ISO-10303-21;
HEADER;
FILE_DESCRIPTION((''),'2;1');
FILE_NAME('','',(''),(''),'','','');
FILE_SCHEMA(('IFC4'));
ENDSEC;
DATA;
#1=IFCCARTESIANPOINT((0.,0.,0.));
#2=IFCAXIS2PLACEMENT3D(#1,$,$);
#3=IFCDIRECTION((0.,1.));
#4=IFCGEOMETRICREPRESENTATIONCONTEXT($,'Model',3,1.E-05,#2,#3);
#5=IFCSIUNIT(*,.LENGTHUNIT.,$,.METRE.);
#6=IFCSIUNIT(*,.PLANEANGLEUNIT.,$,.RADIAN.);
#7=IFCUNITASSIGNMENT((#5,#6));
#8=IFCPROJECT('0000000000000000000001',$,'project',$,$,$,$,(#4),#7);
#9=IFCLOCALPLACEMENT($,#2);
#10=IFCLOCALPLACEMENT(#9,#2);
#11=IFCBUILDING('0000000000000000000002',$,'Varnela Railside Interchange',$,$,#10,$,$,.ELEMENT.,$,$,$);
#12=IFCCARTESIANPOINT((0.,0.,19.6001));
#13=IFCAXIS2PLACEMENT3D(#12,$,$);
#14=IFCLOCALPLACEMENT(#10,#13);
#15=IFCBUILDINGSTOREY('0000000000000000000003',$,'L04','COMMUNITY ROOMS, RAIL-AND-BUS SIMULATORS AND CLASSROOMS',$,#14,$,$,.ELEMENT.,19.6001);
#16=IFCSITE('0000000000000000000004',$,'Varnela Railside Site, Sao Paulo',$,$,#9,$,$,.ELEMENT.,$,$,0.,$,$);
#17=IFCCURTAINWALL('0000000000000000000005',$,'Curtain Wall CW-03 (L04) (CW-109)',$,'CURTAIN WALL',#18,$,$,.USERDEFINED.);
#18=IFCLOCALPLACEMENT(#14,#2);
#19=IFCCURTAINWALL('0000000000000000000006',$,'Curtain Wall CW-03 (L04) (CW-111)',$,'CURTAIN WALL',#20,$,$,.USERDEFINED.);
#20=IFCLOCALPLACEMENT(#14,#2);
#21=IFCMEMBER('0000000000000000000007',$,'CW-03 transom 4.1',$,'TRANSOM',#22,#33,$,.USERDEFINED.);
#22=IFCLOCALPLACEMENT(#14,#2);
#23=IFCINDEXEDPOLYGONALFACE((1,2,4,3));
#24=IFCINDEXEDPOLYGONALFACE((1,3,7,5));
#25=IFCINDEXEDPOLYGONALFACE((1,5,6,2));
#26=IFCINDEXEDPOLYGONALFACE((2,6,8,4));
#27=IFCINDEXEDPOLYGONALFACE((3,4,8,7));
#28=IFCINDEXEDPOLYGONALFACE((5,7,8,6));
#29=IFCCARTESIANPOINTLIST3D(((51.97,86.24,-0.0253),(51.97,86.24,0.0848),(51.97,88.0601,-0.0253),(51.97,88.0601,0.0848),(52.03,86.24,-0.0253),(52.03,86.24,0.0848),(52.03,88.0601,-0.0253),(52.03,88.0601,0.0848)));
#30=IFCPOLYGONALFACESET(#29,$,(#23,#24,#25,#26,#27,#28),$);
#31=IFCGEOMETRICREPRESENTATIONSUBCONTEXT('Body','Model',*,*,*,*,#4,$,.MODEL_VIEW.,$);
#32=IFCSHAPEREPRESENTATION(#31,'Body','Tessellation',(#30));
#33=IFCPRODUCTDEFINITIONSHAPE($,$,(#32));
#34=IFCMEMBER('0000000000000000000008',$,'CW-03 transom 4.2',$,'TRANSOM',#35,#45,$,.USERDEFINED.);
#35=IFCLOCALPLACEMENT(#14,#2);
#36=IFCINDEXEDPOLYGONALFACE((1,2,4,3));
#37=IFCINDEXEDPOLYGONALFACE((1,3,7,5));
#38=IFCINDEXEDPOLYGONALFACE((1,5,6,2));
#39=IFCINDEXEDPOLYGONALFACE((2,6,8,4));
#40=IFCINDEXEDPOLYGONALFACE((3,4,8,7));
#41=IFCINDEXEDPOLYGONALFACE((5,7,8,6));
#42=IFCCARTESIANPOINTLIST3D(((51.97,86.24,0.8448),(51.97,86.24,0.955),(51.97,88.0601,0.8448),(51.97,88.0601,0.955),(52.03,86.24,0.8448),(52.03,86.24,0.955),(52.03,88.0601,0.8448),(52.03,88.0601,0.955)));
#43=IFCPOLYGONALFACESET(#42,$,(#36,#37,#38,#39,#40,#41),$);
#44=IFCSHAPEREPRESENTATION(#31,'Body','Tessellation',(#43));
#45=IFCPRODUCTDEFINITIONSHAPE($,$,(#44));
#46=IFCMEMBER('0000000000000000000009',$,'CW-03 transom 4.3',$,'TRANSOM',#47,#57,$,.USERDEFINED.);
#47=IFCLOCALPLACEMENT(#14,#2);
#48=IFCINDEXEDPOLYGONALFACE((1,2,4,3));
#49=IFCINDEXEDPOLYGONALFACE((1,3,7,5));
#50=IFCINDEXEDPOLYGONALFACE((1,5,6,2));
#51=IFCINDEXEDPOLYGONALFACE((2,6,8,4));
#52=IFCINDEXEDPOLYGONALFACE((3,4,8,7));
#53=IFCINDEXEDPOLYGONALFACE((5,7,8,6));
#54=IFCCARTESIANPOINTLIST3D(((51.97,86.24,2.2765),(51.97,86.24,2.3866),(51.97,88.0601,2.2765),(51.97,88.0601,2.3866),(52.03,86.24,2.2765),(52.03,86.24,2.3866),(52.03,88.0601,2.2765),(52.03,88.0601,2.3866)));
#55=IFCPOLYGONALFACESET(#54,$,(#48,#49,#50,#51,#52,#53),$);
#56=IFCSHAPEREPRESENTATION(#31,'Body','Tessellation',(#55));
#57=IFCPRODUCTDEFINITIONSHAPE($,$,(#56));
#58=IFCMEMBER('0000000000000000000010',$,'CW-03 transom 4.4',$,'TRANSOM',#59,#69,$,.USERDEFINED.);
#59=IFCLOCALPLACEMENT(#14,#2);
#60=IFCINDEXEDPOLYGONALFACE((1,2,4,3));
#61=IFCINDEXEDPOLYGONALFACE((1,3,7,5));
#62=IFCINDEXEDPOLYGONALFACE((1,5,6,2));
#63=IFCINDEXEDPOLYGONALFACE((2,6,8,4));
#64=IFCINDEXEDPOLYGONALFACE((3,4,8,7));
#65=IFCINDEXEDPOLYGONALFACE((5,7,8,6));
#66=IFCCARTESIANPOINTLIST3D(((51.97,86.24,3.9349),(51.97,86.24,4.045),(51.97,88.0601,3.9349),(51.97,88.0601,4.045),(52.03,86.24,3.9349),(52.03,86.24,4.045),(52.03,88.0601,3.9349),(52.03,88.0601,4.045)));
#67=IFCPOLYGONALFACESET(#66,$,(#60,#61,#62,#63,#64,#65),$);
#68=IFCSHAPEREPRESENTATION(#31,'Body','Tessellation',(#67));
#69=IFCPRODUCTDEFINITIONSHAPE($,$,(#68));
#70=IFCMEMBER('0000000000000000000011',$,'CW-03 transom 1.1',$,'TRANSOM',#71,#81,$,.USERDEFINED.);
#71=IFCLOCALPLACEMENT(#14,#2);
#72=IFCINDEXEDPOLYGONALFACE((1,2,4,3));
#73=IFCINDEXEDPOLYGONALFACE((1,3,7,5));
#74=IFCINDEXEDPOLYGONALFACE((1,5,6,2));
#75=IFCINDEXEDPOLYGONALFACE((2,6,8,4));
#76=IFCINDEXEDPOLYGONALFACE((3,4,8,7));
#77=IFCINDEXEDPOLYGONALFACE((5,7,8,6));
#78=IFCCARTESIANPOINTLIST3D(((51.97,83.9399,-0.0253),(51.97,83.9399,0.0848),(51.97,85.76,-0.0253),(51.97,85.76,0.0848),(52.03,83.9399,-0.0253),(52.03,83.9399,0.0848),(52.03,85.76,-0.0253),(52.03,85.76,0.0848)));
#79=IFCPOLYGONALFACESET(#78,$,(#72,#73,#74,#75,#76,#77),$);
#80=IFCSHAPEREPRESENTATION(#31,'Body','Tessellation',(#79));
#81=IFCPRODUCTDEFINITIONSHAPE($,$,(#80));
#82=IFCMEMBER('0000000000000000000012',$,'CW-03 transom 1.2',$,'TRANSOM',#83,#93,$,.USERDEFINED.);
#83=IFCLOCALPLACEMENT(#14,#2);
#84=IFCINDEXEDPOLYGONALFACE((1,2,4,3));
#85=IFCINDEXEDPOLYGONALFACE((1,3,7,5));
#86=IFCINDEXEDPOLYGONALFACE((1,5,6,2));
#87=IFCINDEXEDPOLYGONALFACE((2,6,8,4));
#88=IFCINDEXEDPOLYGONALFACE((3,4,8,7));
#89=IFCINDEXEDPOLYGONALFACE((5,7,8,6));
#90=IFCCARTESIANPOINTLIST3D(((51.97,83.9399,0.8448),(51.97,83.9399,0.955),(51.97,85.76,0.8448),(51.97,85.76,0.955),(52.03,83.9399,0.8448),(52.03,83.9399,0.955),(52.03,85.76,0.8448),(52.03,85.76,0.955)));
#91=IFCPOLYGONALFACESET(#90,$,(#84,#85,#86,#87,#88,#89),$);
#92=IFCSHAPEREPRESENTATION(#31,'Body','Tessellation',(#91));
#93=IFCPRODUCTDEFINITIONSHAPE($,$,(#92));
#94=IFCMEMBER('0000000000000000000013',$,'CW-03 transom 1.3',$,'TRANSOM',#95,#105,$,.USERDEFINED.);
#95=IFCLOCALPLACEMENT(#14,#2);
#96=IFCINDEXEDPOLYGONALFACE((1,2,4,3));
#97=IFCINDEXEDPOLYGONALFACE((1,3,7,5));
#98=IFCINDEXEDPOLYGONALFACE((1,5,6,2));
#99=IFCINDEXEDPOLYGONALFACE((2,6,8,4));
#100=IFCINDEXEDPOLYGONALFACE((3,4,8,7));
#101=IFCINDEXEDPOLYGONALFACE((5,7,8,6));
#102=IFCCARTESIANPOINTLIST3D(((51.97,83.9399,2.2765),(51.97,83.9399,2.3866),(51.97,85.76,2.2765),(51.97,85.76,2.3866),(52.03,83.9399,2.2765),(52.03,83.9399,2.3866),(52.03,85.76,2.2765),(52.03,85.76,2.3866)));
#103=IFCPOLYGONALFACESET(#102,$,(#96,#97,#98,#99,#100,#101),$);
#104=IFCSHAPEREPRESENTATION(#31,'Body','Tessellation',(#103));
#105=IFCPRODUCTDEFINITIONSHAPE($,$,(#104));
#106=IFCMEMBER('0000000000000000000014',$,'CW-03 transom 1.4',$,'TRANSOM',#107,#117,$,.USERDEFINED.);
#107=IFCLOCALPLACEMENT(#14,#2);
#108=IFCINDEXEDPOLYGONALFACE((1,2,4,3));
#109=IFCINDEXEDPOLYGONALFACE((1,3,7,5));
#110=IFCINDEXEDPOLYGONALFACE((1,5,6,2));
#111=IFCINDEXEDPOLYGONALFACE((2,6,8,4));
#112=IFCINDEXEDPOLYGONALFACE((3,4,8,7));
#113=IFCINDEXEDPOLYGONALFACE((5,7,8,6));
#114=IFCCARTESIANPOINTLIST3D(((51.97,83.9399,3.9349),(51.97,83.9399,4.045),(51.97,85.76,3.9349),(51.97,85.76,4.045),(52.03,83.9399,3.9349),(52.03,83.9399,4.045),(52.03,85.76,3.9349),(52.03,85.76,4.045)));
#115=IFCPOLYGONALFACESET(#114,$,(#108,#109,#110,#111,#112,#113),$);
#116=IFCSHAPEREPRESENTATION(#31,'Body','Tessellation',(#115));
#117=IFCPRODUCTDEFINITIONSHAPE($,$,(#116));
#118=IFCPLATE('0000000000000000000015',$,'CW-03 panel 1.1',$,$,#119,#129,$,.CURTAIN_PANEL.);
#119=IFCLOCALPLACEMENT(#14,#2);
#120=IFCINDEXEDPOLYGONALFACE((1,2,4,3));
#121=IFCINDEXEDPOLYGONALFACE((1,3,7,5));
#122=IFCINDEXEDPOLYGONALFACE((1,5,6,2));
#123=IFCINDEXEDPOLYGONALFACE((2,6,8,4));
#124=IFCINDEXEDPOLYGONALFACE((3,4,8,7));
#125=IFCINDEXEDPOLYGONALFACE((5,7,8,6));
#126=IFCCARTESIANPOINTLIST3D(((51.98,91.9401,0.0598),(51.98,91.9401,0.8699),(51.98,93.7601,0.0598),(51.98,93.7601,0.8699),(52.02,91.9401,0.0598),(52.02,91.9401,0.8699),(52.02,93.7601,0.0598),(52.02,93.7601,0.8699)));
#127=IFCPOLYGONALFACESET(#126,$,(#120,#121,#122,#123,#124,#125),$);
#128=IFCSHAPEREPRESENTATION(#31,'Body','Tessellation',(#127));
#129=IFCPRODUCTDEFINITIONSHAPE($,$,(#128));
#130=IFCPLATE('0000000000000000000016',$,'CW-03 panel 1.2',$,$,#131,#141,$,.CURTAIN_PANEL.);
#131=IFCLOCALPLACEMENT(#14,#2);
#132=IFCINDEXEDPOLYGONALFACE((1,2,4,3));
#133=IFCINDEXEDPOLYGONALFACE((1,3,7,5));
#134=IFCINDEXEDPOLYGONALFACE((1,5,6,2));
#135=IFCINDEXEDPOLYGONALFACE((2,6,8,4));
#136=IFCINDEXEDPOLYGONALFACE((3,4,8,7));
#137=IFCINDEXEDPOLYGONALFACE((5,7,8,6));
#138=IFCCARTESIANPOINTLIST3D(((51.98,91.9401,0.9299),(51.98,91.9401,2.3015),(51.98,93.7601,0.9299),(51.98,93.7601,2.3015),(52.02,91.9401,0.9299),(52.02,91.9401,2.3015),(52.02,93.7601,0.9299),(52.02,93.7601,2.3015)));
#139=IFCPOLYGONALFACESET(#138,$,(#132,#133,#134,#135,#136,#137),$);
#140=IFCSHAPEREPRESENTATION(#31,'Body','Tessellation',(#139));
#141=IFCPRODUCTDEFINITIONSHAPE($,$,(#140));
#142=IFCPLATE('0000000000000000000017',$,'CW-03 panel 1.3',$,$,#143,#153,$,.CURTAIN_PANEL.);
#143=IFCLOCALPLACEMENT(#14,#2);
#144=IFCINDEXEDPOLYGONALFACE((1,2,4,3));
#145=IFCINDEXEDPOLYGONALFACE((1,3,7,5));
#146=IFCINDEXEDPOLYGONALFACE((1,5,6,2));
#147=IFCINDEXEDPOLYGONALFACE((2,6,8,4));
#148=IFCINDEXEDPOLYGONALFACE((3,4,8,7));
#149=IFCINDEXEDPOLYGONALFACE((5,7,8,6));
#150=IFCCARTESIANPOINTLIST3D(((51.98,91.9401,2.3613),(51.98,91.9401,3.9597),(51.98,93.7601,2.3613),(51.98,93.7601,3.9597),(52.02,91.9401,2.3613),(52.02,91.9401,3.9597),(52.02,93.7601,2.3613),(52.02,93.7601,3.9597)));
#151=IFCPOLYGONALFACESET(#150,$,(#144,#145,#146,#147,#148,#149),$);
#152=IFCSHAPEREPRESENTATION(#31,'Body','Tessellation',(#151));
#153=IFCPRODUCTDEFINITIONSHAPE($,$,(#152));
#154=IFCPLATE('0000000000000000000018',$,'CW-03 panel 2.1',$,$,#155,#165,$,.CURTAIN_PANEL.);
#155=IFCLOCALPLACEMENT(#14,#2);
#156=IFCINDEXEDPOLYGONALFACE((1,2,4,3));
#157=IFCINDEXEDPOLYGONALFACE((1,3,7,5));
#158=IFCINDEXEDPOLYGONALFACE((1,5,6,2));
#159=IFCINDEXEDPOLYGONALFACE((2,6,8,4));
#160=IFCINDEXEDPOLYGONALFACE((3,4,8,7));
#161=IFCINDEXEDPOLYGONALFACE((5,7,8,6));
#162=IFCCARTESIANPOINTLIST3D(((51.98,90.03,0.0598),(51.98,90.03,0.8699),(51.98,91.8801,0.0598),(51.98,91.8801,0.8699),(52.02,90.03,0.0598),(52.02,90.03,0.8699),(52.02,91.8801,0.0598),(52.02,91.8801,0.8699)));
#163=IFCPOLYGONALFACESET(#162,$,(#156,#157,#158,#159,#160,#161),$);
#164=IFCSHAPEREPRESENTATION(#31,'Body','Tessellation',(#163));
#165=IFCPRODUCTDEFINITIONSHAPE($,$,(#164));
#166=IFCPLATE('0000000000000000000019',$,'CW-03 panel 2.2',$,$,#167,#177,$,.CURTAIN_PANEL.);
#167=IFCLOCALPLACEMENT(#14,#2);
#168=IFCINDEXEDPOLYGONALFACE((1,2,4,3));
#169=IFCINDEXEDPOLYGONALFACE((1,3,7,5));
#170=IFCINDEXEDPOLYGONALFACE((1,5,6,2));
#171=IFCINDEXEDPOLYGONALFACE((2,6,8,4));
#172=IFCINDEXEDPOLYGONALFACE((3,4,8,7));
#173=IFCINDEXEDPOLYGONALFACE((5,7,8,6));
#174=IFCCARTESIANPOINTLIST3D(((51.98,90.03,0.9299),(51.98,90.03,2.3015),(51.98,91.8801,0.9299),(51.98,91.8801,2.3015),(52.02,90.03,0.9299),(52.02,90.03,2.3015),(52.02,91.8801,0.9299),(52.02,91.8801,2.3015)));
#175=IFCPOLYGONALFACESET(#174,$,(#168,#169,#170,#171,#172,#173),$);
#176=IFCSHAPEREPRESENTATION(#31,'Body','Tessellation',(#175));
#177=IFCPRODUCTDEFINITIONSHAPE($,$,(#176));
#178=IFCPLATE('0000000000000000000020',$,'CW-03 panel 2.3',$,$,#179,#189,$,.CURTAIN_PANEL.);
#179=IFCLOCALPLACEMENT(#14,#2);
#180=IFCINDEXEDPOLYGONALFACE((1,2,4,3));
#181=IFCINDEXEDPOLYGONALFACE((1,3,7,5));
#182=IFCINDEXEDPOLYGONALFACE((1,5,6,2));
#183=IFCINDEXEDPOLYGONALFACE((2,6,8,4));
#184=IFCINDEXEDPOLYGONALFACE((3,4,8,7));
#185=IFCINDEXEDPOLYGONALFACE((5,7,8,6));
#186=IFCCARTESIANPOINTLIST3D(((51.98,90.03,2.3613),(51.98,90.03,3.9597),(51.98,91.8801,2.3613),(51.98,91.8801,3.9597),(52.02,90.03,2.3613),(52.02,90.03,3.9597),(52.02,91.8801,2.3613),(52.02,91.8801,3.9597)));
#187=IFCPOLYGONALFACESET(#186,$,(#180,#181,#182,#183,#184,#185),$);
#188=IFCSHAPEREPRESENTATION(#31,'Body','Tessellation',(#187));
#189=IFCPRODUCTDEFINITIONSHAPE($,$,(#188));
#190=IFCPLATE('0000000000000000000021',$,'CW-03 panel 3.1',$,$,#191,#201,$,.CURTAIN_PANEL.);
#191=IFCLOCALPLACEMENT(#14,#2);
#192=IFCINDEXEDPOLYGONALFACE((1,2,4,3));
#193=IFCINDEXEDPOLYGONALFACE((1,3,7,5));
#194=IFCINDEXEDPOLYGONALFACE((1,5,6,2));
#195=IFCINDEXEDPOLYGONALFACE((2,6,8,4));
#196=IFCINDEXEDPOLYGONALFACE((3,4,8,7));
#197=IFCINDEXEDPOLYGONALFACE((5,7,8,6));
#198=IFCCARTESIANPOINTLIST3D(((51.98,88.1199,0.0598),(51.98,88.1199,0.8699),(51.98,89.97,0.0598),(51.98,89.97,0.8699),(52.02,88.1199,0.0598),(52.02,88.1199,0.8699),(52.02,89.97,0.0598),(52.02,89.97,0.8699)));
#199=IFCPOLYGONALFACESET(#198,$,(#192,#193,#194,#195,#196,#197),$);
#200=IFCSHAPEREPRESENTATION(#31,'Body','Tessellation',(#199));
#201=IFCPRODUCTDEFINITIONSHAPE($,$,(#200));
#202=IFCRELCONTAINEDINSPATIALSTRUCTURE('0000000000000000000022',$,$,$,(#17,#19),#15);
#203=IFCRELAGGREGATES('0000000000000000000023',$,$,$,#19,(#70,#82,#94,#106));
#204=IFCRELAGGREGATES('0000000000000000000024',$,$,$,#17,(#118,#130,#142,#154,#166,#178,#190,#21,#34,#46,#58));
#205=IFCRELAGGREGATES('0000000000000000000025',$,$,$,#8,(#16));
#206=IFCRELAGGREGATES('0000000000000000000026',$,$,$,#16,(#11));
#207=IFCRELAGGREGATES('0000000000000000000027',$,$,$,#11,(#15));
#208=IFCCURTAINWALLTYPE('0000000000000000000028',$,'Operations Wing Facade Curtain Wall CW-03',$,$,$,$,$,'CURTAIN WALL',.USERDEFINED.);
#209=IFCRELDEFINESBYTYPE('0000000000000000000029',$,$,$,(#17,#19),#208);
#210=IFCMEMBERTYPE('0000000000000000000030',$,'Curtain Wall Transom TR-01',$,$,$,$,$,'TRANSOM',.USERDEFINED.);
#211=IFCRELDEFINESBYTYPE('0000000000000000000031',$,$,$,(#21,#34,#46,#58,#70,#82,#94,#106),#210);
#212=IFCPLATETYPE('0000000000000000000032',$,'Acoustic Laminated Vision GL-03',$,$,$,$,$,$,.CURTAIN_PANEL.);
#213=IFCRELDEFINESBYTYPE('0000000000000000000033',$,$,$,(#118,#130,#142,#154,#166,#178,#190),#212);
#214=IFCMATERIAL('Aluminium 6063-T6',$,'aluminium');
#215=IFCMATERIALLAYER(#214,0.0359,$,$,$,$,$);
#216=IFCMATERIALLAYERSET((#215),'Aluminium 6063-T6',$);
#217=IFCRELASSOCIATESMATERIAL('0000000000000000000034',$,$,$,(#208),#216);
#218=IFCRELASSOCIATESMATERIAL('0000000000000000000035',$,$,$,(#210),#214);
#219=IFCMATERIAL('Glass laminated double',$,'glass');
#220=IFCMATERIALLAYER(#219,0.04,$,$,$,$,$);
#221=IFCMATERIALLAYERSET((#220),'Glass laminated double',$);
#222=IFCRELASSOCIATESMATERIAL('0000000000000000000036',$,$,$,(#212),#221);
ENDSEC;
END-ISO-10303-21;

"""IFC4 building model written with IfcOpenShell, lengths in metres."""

from ifc_helpers import new_model, si_unit, direction, frame, origin, origin_2d, place, context, subcontext, project, spatial, rectangle, extrude, material, layer, layer_set, material_profile, profile_set, type_object, element, aggregate, save


model = new_model("IFC4")

# Units and contexts
model_context = context("Model", 3, precision=1e-05, world=origin(), true_north=direction((0.0, 1.0)))
body_context = subcontext(model_context, "Body", "Model", "MODEL_VIEW")
ifc_project = project(units=[si_unit("LENGTHUNIT", "METRE"), si_unit("PLANEANGLEUNIT", "RADIAN")], contexts=[model_context])

# Site, building, storey
site_placement = place(None, origin())
site = spatial("IfcSite", under=ifc_project, at=site_placement, Name="Varnela Railside Site, Sao Paulo", CompositionType="ELEMENT", RefElevation=0.0)
building_placement = place(site_placement, origin())
building = spatial("IfcBuilding", under=site, at=building_placement, Name="Varnela Railside Interchange", CompositionType="ELEMENT")
storey_placement = place(building_placement, frame((0.0, 0.0, 19.6001)))
storey = spatial("IfcBuildingStorey", under=building, at=storey_placement, Name="L04", Description="COMMUNITY ROOMS, RAIL-AND-BUS SIMULATORS AND CLASSROOMS", CompositionType="ELEMENT", Elevation=19.6001)

# Curtain wall
ifc_material_1 = material(Name="Aluminium 6063-T6", Category="aluminium")
ifc_layer_1 = layer(ifc_material_1, 0.0359)
ifc_layer_set_1 = layer_set([ifc_layer_1], Name="Aluminium 6063-T6")
curtain_wall_type = type_object("IfcCurtainWallType", Name="Operations Wing Facade Curtain Wall CW-03", ElementType="CURTAIN WALL", PredefinedType="USERDEFINED", material=ifc_layer_set_1)
curtain_wall_1_placement = place(storey_placement, origin())
curtain_wall_1 = element("IfcCurtainWall", 1, at=curtain_wall_1_placement, inside=storey, type_object=curtain_wall_type, Name="Curtain Wall CW-03 (L04) (CW-109)", ObjectType="CURTAIN WALL", PredefinedType="USERDEFINED")

# Curtain wall
curtain_wall_2_placement = place(storey_placement, origin())
curtain_wall_2 = element("IfcCurtainWall", 2, at=curtain_wall_2_placement, inside=storey, type_object=curtain_wall_type, Name="Curtain Wall CW-03 (L04) (CW-111)", ObjectType="CURTAIN WALL", PredefinedType="USERDEFINED")

# Members
ifc_material_profile_1 = material_profile(ifc_material_1, rectangle(XDim=0.0601, YDim=0.1101, at=origin_2d()), Name="ALU 60x110")
ifc_profile_set_1 = profile_set([ifc_material_profile_1], Name="Aluminium 6063-T6")
member_type_1 = type_object("IfcMemberType", Name="Curtain Wall Transom TR-01", ElementType="TRANSOM", PredefinedType="USERDEFINED", material=ifc_profile_set_1)
member_1_placement = place(storey_placement, frame((52.0, 88.0601, 0.0298), z_axis=(0.0, -1.0, 0.0), x_axis=(1.0, 0.0, 0.0)))
member_1 = element("IfcMember", 3, at=member_1_placement, type_object=member_type_1, Name="CW-03 transom 4.1", ObjectType="TRANSOM", PredefinedType="USERDEFINED", context=body_context, shape_type="SweptSolid", body=[
    extrude(rectangle(XDim=0.0601, YDim=0.1101, at=origin_2d()), origin(), (0.0, 0.0, 1.0), 1.8201),
])
member_2_placement = place(storey_placement, frame((52.0, 88.0601, 0.8999), z_axis=(0.0, -1.0, 0.0), x_axis=(1.0, 0.0, 0.0)))
member_2 = element("IfcMember", 4, at=member_2_placement, type_object=member_type_1, Name="CW-03 transom 4.2", ObjectType="TRANSOM", PredefinedType="USERDEFINED", context=body_context, shape_type="SweptSolid", body=[
    extrude(rectangle(XDim=0.0601, YDim=0.1101, at=origin_2d()), origin(), (0.0, 0.0, 1.0), 1.8201),
])
member_3_placement = place(storey_placement, frame((52.0, 88.0601, 2.3315), z_axis=(0.0, -1.0, 0.0), x_axis=(1.0, 0.0, 0.0)))
member_3 = element("IfcMember", 5, at=member_3_placement, type_object=member_type_1, Name="CW-03 transom 4.3", ObjectType="TRANSOM", PredefinedType="USERDEFINED", context=body_context, shape_type="SweptSolid", body=[
    extrude(rectangle(XDim=0.0601, YDim=0.1101, at=origin_2d()), origin(), (0.0, 0.0, 1.0), 1.8201),
])
member_4_placement = place(storey_placement, frame((52.0, 88.0601, 3.99), z_axis=(0.0, -1.0, 0.0), x_axis=(1.0, 0.0, 0.0)))
member_4 = element("IfcMember", 6, at=member_4_placement, type_object=member_type_1, Name="CW-03 transom 4.4", ObjectType="TRANSOM", PredefinedType="USERDEFINED", context=body_context, shape_type="SweptSolid", body=[
    extrude(rectangle(XDim=0.0601, YDim=0.1101, at=origin_2d()), origin(), (0.0, 0.0, 1.0), 1.8201),
])
member_5_placement = place(storey_placement, frame((52.0, 85.76, 0.0298), z_axis=(0.0, -1.0, 0.0), x_axis=(1.0, 0.0, 0.0)))
member_5 = element("IfcMember", 7, at=member_5_placement, type_object=member_type_1, Name="CW-03 transom 1.1", ObjectType="TRANSOM", PredefinedType="USERDEFINED", context=body_context, shape_type="SweptSolid", body=[
    extrude(rectangle(XDim=0.0601, YDim=0.1101, at=origin_2d()), origin(), (0.0, 0.0, 1.0), 1.8201),
])
member_6_placement = place(storey_placement, frame((52.0, 85.76, 0.8999), z_axis=(0.0, -1.0, 0.0), x_axis=(1.0, 0.0, 0.0)))
member_6 = element("IfcMember", 8, at=member_6_placement, type_object=member_type_1, Name="CW-03 transom 1.2", ObjectType="TRANSOM", PredefinedType="USERDEFINED", context=body_context, shape_type="SweptSolid", body=[
    extrude(rectangle(XDim=0.0601, YDim=0.1101, at=origin_2d()), origin(), (0.0, 0.0, 1.0), 1.8201),
])
member_7_placement = place(storey_placement, frame((52.0, 85.76, 2.3315), z_axis=(0.0, -1.0, 0.0), x_axis=(1.0, 0.0, 0.0)))
member_7 = element("IfcMember", 9, at=member_7_placement, type_object=member_type_1, Name="CW-03 transom 1.3", ObjectType="TRANSOM", PredefinedType="USERDEFINED", context=body_context, shape_type="SweptSolid", body=[
    extrude(rectangle(XDim=0.0601, YDim=0.1101, at=origin_2d()), origin(), (0.0, 0.0, 1.0), 1.8201),
])
member_8_placement = place(storey_placement, frame((52.0, 85.76, 3.99), z_axis=(0.0, -1.0, 0.0), x_axis=(1.0, 0.0, 0.0)))
member_8 = element("IfcMember", 10, at=member_8_placement, type_object=member_type_1, Name="CW-03 transom 1.4", ObjectType="TRANSOM", PredefinedType="USERDEFINED", context=body_context, shape_type="SweptSolid", body=[
    extrude(rectangle(XDim=0.0601, YDim=0.1101, at=origin_2d()), origin(), (0.0, 0.0, 1.0), 1.8201),
])
aggregate(curtain_wall_2, [member_5, member_6, member_7, member_8])

# Plates
ifc_material_2 = material(Name="Glass laminated double", Category="glass")
ifc_layer_2 = layer(ifc_material_2, 0.04)
ifc_layer_set_2 = layer_set([ifc_layer_2], Name="Glass laminated double")
plate_type = type_object("IfcPlateType", Name="Acoustic Laminated Vision GL-03", PredefinedType="CURTAIN_PANEL", material=ifc_layer_set_2)
plate_1_placement = place(storey_placement, frame((52.0, 92.8501, 0.0598), z_axis=(0.0, 0.0, 1.0), x_axis=(0.0, -1.0, 0.0)))
plate_1 = element("IfcPlate", 11, at=plate_1_placement, type_object=plate_type, Name="CW-03 panel 1.1", PredefinedType="CURTAIN_PANEL", context=body_context, shape_type="SweptSolid", body=[
    extrude(rectangle(XDim=1.8201, YDim=0.04, at=origin_2d()), origin(), (0.0, 0.0, 1.0), 0.8101),
])
plate_2_placement = place(storey_placement, frame((52.0, 92.8501, 0.9299), z_axis=(0.0, 0.0, 1.0), x_axis=(0.0, -1.0, 0.0)))
plate_2 = element("IfcPlate", 12, at=plate_2_placement, type_object=plate_type, Name="CW-03 panel 1.2", PredefinedType="CURTAIN_PANEL", context=body_context, shape_type="SweptSolid", body=[
    extrude(rectangle(XDim=1.8201, YDim=0.04, at=origin_2d()), origin(), (0.0, 0.0, 1.0), 1.3716),
])
plate_3_placement = place(storey_placement, frame((52.0, 92.8501, 2.3613), z_axis=(0.0, 0.0, 1.0), x_axis=(0.0, -1.0, 0.0)))
plate_3 = element("IfcPlate", 13, at=plate_3_placement, type_object=plate_type, Name="CW-03 panel 1.3", PredefinedType="CURTAIN_PANEL", context=body_context, shape_type="SweptSolid", body=[
    extrude(rectangle(XDim=1.8201, YDim=0.04, at=origin_2d()), origin(), (0.0, 0.0, 1.0), 1.5984),
])
plate_4_placement = place(storey_placement, frame((52.0, 90.9551, 0.0598), z_axis=(0.0, 0.0, 1.0), x_axis=(0.0, -1.0, 0.0)))
plate_4 = element("IfcPlate", 14, at=plate_4_placement, type_object=plate_type, Name="CW-03 panel 2.1", PredefinedType="CURTAIN_PANEL", context=body_context, shape_type="SweptSolid", body=[
    extrude(rectangle(XDim=1.8501, YDim=0.04, at=origin_2d()), origin(), (0.0, 0.0, 1.0), 0.8101),
])
plate_5_placement = place(storey_placement, frame((52.0, 90.9551, 0.9299), z_axis=(0.0, 0.0, 1.0), x_axis=(0.0, -1.0, 0.0)))
plate_5 = element("IfcPlate", 15, at=plate_5_placement, type_object=plate_type, Name="CW-03 panel 2.2", PredefinedType="CURTAIN_PANEL", context=body_context, shape_type="SweptSolid", body=[
    extrude(rectangle(XDim=1.8501, YDim=0.04, at=origin_2d()), origin(), (0.0, 0.0, 1.0), 1.3716),
])
plate_6_placement = place(storey_placement, frame((52.0, 90.9551, 2.3613), z_axis=(0.0, 0.0, 1.0), x_axis=(0.0, -1.0, 0.0)))
plate_6 = element("IfcPlate", 16, at=plate_6_placement, type_object=plate_type, Name="CW-03 panel 2.3", PredefinedType="CURTAIN_PANEL", context=body_context, shape_type="SweptSolid", body=[
    extrude(rectangle(XDim=1.8501, YDim=0.04, at=origin_2d()), origin(), (0.0, 0.0, 1.0), 1.5984),
])
plate_7_placement = place(storey_placement, frame((52.0, 89.0449, 0.0598), z_axis=(0.0, 0.0, 1.0), x_axis=(0.0, -1.0, 0.0)))
plate_7 = element("IfcPlate", 17, at=plate_7_placement, type_object=plate_type, Name="CW-03 panel 3.1", PredefinedType="CURTAIN_PANEL", context=body_context, shape_type="SweptSolid", body=[
    extrude(rectangle(XDim=1.8501, YDim=0.04, at=origin_2d()), origin(), (0.0, 0.0, 1.0), 0.8101),
])
aggregate(curtain_wall_1, [plate_1, plate_2, plate_3, plate_4, plate_5, plate_6, plate_7, member_1, member_2, member_3, member_4])

save(model, "model.ifc")
